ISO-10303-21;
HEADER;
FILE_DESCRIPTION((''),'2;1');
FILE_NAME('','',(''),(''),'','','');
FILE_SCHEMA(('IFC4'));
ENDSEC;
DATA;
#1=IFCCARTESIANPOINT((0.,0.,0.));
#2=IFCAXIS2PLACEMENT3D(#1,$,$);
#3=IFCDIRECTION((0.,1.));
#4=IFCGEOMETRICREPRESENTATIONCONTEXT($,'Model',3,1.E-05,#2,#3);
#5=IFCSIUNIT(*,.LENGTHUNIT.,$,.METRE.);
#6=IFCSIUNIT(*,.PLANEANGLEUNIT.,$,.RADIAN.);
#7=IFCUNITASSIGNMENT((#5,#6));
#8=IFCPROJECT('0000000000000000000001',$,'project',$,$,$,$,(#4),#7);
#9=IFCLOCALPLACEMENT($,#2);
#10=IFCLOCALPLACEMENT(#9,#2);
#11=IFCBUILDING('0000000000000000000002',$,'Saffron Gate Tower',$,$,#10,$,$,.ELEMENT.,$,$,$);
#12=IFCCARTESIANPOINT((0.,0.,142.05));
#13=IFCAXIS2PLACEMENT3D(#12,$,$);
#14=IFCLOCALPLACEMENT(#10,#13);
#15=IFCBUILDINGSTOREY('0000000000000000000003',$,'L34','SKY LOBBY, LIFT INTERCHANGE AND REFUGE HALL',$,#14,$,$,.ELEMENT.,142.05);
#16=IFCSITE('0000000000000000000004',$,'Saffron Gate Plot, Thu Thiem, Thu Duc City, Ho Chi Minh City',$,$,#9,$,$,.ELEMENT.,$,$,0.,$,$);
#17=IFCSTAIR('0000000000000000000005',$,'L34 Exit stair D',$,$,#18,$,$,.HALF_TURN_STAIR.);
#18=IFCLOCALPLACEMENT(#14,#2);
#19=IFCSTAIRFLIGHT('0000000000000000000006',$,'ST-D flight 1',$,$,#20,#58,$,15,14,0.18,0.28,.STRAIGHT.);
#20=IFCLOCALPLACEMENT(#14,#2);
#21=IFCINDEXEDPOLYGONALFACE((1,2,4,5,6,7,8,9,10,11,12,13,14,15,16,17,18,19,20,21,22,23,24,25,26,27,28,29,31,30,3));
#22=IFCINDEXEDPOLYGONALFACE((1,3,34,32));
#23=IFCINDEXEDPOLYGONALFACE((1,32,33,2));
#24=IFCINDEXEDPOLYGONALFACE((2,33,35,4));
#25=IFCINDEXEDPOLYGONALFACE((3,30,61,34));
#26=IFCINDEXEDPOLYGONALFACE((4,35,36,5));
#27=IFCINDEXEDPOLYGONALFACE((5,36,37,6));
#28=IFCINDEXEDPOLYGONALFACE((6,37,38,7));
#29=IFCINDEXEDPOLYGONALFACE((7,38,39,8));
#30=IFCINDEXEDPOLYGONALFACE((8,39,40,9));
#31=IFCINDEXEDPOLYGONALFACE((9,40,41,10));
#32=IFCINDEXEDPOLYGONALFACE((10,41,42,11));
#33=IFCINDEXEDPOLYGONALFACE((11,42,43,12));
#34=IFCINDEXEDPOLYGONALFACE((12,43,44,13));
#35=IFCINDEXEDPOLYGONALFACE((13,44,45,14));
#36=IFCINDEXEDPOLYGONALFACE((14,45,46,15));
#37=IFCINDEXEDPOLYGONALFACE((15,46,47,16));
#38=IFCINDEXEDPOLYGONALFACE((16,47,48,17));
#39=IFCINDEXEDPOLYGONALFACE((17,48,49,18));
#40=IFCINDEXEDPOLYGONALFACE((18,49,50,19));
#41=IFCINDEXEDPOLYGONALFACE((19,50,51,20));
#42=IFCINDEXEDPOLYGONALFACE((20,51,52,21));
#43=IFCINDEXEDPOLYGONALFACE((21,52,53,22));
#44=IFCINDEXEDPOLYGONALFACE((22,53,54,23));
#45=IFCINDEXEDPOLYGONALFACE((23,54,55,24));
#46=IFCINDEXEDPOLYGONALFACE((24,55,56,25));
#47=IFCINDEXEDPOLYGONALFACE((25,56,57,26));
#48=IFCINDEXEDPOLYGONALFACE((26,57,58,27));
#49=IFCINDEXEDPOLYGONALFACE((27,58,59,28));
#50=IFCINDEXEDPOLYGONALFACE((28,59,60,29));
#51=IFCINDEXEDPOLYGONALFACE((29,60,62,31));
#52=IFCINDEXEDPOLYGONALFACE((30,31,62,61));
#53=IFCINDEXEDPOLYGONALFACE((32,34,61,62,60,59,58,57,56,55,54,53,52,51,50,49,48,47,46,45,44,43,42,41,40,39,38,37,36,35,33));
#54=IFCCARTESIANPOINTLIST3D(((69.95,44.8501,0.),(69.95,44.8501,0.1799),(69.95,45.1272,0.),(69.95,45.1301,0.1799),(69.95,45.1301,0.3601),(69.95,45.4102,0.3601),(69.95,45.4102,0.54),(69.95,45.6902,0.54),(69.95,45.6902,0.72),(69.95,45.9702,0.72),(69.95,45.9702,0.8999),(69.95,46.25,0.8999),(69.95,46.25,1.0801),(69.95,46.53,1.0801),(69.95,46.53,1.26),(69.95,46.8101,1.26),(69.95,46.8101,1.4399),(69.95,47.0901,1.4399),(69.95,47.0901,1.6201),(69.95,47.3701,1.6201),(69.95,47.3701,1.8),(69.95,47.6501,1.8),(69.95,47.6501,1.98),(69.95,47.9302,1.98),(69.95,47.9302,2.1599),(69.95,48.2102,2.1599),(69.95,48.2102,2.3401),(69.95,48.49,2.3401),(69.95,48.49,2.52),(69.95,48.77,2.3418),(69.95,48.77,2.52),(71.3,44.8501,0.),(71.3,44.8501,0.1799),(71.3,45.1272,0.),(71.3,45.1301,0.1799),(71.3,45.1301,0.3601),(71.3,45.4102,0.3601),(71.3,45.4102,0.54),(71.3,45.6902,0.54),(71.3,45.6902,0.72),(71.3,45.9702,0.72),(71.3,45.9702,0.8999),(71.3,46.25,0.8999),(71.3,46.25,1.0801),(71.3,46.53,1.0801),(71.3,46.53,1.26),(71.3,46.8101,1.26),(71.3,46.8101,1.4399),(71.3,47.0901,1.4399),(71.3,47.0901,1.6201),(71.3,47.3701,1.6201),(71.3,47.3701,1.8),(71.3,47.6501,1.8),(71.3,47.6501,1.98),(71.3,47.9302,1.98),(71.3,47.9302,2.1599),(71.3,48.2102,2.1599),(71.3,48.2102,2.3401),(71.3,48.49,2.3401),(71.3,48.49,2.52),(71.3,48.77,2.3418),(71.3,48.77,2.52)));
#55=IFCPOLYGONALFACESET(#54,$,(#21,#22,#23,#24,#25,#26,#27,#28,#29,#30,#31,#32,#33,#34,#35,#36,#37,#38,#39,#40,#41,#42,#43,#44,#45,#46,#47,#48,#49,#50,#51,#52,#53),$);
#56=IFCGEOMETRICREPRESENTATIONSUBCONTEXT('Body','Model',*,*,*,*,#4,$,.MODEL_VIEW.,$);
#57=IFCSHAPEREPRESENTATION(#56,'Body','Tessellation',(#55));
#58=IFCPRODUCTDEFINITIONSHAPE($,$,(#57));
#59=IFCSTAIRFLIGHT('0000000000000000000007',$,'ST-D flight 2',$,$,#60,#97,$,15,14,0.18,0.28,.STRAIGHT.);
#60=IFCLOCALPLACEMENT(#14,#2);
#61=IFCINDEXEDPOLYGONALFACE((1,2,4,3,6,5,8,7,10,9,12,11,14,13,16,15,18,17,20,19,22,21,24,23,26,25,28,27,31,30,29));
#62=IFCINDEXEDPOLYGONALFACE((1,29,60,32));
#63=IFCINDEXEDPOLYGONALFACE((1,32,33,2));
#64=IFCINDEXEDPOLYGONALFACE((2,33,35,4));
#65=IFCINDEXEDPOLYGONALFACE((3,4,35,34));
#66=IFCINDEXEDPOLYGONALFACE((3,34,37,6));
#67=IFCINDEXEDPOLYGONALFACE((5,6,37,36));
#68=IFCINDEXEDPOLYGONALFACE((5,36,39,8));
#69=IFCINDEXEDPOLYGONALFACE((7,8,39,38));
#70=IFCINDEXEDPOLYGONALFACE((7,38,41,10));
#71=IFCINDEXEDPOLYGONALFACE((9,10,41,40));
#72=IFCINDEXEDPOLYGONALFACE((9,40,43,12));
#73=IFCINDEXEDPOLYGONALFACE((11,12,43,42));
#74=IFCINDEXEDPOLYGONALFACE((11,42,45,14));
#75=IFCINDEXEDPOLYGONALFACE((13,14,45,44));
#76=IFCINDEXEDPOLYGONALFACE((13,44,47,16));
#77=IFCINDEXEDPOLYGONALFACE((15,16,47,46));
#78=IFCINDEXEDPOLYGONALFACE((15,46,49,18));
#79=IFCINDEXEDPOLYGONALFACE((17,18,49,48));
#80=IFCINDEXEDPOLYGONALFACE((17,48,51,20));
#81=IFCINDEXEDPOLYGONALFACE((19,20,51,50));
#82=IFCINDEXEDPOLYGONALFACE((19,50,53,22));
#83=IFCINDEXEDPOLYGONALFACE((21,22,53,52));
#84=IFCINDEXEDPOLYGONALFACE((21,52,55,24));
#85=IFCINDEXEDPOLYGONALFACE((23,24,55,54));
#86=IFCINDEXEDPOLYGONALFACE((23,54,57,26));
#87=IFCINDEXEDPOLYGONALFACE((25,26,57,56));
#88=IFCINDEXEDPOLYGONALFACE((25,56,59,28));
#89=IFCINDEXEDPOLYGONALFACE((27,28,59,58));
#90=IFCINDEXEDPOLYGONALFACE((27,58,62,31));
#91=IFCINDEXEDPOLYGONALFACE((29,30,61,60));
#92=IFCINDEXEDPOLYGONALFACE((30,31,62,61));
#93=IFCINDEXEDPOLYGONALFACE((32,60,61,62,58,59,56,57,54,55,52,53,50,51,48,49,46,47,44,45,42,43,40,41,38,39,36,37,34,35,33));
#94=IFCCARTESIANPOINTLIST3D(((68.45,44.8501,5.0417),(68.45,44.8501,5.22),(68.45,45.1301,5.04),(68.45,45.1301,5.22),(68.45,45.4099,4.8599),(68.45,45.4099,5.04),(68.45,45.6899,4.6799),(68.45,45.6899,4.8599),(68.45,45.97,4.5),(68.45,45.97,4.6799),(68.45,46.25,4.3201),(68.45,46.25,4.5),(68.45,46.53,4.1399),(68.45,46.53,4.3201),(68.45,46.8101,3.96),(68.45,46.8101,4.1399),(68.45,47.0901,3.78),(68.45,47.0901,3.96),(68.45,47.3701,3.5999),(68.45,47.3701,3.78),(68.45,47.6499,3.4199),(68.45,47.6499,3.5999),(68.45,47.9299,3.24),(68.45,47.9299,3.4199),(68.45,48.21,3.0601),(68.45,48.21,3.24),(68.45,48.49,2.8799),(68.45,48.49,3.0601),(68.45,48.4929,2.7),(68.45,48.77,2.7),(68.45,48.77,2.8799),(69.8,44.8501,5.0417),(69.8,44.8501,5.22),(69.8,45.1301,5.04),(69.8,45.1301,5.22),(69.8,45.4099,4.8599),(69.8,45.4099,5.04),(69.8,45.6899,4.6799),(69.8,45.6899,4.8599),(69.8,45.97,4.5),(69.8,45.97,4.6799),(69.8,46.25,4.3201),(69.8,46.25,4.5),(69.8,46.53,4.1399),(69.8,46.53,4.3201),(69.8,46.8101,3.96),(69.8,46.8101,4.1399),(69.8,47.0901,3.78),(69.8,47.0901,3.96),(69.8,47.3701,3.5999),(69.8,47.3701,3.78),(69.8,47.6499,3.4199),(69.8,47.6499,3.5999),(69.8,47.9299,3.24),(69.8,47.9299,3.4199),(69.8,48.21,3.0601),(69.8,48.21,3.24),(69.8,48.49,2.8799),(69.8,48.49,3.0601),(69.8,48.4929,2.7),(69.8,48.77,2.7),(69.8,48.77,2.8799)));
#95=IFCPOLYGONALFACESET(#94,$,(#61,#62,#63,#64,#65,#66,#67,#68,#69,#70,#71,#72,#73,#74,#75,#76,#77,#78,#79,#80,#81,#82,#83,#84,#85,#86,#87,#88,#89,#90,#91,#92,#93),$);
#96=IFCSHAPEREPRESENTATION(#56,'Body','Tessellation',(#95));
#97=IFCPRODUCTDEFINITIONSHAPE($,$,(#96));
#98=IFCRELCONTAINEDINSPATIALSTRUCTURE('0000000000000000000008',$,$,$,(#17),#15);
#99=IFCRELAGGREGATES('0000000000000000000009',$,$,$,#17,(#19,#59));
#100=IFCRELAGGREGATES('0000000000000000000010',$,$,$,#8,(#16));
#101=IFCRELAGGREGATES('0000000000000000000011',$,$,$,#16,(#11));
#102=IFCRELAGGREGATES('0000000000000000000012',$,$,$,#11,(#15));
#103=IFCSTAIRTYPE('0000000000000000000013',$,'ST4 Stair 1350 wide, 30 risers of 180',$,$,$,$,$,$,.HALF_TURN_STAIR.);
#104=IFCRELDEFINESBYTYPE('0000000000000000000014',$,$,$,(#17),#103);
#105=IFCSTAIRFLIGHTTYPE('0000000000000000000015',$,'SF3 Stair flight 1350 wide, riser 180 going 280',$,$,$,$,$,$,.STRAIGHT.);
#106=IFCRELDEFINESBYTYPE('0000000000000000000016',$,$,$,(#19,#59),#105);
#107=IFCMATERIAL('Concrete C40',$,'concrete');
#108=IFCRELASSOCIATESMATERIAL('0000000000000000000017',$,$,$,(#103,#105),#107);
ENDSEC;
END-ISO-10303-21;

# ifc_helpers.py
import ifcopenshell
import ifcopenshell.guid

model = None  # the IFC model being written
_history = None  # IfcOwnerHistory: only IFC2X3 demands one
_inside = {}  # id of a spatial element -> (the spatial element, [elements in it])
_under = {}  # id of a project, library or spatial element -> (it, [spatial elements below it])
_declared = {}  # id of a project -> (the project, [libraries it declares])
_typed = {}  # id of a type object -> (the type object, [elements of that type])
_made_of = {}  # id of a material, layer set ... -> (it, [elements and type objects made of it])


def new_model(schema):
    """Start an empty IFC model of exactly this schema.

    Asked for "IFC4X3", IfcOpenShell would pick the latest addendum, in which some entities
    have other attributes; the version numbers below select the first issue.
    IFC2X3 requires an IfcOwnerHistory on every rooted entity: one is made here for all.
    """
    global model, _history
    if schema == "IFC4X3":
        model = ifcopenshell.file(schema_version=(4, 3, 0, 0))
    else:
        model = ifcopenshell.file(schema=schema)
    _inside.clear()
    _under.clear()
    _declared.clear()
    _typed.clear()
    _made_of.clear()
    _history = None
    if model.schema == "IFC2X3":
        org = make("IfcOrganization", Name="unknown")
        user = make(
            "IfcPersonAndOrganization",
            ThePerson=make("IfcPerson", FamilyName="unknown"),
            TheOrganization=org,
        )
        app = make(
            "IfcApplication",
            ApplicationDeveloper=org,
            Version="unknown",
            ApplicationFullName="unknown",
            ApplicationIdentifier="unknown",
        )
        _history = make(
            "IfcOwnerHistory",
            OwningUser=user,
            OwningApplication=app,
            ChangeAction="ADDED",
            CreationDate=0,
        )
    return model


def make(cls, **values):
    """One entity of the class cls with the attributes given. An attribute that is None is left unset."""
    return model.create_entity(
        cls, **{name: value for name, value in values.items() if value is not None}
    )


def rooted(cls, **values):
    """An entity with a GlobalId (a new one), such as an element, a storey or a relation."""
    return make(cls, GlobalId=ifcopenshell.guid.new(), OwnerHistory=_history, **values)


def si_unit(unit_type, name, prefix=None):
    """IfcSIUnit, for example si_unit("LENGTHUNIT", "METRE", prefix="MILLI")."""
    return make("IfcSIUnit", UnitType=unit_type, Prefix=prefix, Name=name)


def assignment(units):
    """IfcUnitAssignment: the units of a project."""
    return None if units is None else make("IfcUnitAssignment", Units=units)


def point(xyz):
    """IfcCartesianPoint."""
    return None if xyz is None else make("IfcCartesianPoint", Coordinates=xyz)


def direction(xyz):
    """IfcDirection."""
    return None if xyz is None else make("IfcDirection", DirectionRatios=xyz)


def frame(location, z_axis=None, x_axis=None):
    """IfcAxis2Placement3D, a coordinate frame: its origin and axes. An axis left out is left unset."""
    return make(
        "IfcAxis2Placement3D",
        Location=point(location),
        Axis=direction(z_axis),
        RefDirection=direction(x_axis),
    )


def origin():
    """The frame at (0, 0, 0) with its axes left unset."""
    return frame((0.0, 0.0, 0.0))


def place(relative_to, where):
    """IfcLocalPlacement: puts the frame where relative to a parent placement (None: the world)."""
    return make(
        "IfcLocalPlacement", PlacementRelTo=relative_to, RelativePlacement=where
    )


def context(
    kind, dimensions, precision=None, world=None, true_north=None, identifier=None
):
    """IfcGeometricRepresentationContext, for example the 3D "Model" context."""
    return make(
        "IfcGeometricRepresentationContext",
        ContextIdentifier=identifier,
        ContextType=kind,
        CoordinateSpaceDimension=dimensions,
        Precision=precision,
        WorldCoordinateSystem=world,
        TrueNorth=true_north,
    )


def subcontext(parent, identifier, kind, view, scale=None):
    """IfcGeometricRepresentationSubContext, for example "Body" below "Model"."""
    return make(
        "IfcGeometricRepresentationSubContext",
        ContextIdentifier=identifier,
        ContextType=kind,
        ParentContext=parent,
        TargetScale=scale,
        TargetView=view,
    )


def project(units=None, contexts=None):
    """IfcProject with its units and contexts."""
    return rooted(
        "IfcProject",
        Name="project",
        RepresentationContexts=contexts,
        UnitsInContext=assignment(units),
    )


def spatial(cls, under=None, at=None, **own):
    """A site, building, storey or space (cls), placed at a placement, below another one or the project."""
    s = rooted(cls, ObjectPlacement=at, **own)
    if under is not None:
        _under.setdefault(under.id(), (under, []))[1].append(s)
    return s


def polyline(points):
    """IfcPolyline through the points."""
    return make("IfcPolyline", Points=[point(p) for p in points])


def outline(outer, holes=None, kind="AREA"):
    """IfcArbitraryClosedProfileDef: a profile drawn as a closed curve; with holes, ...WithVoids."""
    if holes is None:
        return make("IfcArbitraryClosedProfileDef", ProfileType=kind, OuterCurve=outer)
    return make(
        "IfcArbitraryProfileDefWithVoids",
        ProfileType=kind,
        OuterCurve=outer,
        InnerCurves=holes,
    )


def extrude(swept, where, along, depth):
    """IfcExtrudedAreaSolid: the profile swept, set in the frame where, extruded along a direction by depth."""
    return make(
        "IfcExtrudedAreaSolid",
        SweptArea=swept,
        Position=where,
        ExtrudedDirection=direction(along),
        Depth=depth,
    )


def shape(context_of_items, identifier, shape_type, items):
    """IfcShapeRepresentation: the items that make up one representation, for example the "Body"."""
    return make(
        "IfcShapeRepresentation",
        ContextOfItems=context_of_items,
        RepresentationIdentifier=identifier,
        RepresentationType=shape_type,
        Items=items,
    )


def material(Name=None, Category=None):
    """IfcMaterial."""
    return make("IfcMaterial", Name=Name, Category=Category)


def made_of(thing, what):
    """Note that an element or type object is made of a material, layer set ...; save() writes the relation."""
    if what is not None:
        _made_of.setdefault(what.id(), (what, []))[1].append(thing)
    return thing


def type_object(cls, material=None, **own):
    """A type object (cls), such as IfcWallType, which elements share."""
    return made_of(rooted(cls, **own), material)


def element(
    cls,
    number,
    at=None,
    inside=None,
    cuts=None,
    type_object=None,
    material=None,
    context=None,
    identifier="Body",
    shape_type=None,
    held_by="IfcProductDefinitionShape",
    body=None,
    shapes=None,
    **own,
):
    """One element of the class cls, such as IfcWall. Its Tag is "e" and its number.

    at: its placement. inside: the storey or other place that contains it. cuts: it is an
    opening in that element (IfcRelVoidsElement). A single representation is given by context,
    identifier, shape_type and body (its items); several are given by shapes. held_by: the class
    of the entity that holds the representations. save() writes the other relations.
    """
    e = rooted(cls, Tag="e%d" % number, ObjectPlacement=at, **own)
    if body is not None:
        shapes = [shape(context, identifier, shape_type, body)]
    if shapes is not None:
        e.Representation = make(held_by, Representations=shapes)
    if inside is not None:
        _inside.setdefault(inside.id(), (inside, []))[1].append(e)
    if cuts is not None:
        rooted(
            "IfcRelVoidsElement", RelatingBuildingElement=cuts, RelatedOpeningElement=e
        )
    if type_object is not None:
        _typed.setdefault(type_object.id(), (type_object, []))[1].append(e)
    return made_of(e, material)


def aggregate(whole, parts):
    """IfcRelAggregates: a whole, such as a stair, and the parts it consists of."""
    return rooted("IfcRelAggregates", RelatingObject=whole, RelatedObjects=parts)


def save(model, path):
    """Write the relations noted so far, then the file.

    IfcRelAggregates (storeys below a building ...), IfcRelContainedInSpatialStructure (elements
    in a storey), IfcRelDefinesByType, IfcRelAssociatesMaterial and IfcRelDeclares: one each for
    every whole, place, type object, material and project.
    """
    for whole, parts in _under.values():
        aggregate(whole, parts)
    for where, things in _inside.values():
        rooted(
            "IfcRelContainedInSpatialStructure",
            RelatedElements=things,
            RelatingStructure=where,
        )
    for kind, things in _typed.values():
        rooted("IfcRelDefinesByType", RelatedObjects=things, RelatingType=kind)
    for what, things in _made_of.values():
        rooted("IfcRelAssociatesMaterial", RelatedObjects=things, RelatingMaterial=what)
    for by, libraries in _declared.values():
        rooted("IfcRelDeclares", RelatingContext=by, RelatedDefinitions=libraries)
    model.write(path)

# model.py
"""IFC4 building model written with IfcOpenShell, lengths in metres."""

from ifc_helpers import new_model, si_unit, direction, frame, origin, place, context, subcontext, project, spatial, polyline, outline, extrude, material, type_object, element, aggregate, save


model = new_model("IFC4")

# Units and contexts
model_context = context("Model", 3, precision=1e-05, world=origin(), true_north=direction((0.0, 1.0)))
body_context = subcontext(model_context, "Body", "Model", "MODEL_VIEW")
ifc_project = project(units=[si_unit("LENGTHUNIT", "METRE"), si_unit("PLANEANGLEUNIT", "RADIAN")], contexts=[model_context])

# Site, building, storey
site_placement = place(None, origin())
site = spatial("IfcSite", under=ifc_project, at=site_placement, Name="Saffron Gate Plot, Thu Thiem, Thu Duc City, Ho Chi Minh City", CompositionType="ELEMENT", RefElevation=0.0)
building_placement = place(site_placement, origin())
building = spatial("IfcBuilding", under=site, at=building_placement, Name="Saffron Gate Tower", CompositionType="ELEMENT")
storey_placement = place(building_placement, frame((0.0, 0.0, 142.05)))
storey = spatial("IfcBuildingStorey", under=building, at=storey_placement, Name="L34", Description="SKY LOBBY, LIFT INTERCHANGE AND REFUGE HALL", CompositionType="ELEMENT", Elevation=142.05)

# Stair, stair flights
ifc_material_1 = material(Name="Concrete C40", Category="concrete")
stair_type = type_object("IfcStairType", Name="ST4 Stair 1350 wide, 30 risers of 180", PredefinedType="HALF_TURN_STAIR", material=ifc_material_1)
stair_placement = place(storey_placement, origin())
stair = element("IfcStair", 1, at=stair_placement, inside=storey, type_object=stair_type, Name="L34 Exit stair D", PredefinedType="HALF_TURN_STAIR")
stair_flight_type = type_object("IfcStairFlightType", Name="SF3 Stair flight 1350 wide, riser 180 going 280", PredefinedType="STRAIGHT", material=ifc_material_1)
stair_flight_1_placement = place(storey_placement, frame((70.625, 44.8501, 0.0), z_axis=(0.0, 0.0, 1.0), x_axis=(0.0, 1.0, 0.0)))
stair_flight_1 = element("IfcStairFlight", 2, at=stair_flight_1_placement, type_object=stair_flight_type, Name="ST-D flight 1", NumberOfRisers=15, NumberOfTreads=14, PredefinedType="STRAIGHT", RiserHeight=0.18, TreadLength=0.28, context=body_context, shape_type="SweptSolid", body=[
    extrude(outline(polyline([(0.0, 0.0), (0.0, 0.1799), (0.28, 0.1799), (0.28, 0.3601), (0.5601, 0.3601), (0.5601, 0.54), (0.8401, 0.54), (0.8401, 0.72), (1.1201, 0.72), (1.1201, 0.8999), (1.3999, 0.8999), (1.3999, 1.0801), (1.6799, 1.0801), (1.6799, 1.26), (1.96, 1.26), (1.96, 1.4399), (2.24, 1.4399), (2.24, 1.6201), (2.52, 1.6201), (2.52, 1.8), (2.8, 1.8), (2.8, 1.98), (3.0801, 1.98), (3.0801, 2.1599), (3.3601, 2.1599), (3.3601, 2.3401), (3.6399, 2.3401), (3.6399, 2.52), (3.9199, 2.52), (3.9199, 2.7), (3.9199, 2.3418), (0.2771, 0.0), (0.0, 0.0)])), frame((0.0, 0.675, 0.0), z_axis=(0.0, -1.0, 0.0), x_axis=(1.0, 0.0, 0.0)), (0.0, 0.0, 1.0), 1.3501),
])
stair_flight_2_placement = place(storey_placement, frame((69.125, 48.77, 2.7), z_axis=(0.0, 0.0, 1.0), x_axis=(0.0, -1.0, 0.0)))
stair_flight_2 = element("IfcStairFlight", 3, at=stair_flight_2_placement, type_object=stair_flight_type, Name="ST-D flight 2", NumberOfRisers=15, NumberOfTreads=14, PredefinedType="STRAIGHT", RiserHeight=0.18, TreadLength=0.28, context=body_context, shape_type="SweptSolid", body=[
    extrude(outline(polyline([(0.0, 0.0), (0.0, 0.1799), (0.28, 0.1799), (0.28, 0.3601), (0.5601, 0.3601), (0.5601, 0.54), (0.8401, 0.54), (0.8401, 0.72), (1.1201, 0.72), (1.1201, 0.8999), (1.3999, 0.8999), (1.3999, 1.0801), (1.6799, 1.0801), (1.6799, 1.26), (1.96, 1.26), (1.96, 1.4399), (2.24, 1.4399), (2.24, 1.6201), (2.52, 1.6201), (2.52, 1.8), (2.8, 1.8), (2.8, 1.98), (3.0801, 1.98), (3.0801, 2.1599), (3.3601, 2.1599), (3.3601, 2.3401), (3.6399, 2.3401), (3.6399, 2.52), (3.9199, 2.52), (3.9199, 2.7), (3.9199, 2.3418), (0.2771, 0.0), (0.0, 0.0)])), frame((0.0, 0.675, 0.0), z_axis=(0.0, -1.0, 0.0), x_axis=(1.0, 0.0, 0.0)), (0.0, 0.0, 1.0), 1.3501),
])
aggregate(stair, [stair_flight_1, stair_flight_2])

save(model, "model.ifc")
